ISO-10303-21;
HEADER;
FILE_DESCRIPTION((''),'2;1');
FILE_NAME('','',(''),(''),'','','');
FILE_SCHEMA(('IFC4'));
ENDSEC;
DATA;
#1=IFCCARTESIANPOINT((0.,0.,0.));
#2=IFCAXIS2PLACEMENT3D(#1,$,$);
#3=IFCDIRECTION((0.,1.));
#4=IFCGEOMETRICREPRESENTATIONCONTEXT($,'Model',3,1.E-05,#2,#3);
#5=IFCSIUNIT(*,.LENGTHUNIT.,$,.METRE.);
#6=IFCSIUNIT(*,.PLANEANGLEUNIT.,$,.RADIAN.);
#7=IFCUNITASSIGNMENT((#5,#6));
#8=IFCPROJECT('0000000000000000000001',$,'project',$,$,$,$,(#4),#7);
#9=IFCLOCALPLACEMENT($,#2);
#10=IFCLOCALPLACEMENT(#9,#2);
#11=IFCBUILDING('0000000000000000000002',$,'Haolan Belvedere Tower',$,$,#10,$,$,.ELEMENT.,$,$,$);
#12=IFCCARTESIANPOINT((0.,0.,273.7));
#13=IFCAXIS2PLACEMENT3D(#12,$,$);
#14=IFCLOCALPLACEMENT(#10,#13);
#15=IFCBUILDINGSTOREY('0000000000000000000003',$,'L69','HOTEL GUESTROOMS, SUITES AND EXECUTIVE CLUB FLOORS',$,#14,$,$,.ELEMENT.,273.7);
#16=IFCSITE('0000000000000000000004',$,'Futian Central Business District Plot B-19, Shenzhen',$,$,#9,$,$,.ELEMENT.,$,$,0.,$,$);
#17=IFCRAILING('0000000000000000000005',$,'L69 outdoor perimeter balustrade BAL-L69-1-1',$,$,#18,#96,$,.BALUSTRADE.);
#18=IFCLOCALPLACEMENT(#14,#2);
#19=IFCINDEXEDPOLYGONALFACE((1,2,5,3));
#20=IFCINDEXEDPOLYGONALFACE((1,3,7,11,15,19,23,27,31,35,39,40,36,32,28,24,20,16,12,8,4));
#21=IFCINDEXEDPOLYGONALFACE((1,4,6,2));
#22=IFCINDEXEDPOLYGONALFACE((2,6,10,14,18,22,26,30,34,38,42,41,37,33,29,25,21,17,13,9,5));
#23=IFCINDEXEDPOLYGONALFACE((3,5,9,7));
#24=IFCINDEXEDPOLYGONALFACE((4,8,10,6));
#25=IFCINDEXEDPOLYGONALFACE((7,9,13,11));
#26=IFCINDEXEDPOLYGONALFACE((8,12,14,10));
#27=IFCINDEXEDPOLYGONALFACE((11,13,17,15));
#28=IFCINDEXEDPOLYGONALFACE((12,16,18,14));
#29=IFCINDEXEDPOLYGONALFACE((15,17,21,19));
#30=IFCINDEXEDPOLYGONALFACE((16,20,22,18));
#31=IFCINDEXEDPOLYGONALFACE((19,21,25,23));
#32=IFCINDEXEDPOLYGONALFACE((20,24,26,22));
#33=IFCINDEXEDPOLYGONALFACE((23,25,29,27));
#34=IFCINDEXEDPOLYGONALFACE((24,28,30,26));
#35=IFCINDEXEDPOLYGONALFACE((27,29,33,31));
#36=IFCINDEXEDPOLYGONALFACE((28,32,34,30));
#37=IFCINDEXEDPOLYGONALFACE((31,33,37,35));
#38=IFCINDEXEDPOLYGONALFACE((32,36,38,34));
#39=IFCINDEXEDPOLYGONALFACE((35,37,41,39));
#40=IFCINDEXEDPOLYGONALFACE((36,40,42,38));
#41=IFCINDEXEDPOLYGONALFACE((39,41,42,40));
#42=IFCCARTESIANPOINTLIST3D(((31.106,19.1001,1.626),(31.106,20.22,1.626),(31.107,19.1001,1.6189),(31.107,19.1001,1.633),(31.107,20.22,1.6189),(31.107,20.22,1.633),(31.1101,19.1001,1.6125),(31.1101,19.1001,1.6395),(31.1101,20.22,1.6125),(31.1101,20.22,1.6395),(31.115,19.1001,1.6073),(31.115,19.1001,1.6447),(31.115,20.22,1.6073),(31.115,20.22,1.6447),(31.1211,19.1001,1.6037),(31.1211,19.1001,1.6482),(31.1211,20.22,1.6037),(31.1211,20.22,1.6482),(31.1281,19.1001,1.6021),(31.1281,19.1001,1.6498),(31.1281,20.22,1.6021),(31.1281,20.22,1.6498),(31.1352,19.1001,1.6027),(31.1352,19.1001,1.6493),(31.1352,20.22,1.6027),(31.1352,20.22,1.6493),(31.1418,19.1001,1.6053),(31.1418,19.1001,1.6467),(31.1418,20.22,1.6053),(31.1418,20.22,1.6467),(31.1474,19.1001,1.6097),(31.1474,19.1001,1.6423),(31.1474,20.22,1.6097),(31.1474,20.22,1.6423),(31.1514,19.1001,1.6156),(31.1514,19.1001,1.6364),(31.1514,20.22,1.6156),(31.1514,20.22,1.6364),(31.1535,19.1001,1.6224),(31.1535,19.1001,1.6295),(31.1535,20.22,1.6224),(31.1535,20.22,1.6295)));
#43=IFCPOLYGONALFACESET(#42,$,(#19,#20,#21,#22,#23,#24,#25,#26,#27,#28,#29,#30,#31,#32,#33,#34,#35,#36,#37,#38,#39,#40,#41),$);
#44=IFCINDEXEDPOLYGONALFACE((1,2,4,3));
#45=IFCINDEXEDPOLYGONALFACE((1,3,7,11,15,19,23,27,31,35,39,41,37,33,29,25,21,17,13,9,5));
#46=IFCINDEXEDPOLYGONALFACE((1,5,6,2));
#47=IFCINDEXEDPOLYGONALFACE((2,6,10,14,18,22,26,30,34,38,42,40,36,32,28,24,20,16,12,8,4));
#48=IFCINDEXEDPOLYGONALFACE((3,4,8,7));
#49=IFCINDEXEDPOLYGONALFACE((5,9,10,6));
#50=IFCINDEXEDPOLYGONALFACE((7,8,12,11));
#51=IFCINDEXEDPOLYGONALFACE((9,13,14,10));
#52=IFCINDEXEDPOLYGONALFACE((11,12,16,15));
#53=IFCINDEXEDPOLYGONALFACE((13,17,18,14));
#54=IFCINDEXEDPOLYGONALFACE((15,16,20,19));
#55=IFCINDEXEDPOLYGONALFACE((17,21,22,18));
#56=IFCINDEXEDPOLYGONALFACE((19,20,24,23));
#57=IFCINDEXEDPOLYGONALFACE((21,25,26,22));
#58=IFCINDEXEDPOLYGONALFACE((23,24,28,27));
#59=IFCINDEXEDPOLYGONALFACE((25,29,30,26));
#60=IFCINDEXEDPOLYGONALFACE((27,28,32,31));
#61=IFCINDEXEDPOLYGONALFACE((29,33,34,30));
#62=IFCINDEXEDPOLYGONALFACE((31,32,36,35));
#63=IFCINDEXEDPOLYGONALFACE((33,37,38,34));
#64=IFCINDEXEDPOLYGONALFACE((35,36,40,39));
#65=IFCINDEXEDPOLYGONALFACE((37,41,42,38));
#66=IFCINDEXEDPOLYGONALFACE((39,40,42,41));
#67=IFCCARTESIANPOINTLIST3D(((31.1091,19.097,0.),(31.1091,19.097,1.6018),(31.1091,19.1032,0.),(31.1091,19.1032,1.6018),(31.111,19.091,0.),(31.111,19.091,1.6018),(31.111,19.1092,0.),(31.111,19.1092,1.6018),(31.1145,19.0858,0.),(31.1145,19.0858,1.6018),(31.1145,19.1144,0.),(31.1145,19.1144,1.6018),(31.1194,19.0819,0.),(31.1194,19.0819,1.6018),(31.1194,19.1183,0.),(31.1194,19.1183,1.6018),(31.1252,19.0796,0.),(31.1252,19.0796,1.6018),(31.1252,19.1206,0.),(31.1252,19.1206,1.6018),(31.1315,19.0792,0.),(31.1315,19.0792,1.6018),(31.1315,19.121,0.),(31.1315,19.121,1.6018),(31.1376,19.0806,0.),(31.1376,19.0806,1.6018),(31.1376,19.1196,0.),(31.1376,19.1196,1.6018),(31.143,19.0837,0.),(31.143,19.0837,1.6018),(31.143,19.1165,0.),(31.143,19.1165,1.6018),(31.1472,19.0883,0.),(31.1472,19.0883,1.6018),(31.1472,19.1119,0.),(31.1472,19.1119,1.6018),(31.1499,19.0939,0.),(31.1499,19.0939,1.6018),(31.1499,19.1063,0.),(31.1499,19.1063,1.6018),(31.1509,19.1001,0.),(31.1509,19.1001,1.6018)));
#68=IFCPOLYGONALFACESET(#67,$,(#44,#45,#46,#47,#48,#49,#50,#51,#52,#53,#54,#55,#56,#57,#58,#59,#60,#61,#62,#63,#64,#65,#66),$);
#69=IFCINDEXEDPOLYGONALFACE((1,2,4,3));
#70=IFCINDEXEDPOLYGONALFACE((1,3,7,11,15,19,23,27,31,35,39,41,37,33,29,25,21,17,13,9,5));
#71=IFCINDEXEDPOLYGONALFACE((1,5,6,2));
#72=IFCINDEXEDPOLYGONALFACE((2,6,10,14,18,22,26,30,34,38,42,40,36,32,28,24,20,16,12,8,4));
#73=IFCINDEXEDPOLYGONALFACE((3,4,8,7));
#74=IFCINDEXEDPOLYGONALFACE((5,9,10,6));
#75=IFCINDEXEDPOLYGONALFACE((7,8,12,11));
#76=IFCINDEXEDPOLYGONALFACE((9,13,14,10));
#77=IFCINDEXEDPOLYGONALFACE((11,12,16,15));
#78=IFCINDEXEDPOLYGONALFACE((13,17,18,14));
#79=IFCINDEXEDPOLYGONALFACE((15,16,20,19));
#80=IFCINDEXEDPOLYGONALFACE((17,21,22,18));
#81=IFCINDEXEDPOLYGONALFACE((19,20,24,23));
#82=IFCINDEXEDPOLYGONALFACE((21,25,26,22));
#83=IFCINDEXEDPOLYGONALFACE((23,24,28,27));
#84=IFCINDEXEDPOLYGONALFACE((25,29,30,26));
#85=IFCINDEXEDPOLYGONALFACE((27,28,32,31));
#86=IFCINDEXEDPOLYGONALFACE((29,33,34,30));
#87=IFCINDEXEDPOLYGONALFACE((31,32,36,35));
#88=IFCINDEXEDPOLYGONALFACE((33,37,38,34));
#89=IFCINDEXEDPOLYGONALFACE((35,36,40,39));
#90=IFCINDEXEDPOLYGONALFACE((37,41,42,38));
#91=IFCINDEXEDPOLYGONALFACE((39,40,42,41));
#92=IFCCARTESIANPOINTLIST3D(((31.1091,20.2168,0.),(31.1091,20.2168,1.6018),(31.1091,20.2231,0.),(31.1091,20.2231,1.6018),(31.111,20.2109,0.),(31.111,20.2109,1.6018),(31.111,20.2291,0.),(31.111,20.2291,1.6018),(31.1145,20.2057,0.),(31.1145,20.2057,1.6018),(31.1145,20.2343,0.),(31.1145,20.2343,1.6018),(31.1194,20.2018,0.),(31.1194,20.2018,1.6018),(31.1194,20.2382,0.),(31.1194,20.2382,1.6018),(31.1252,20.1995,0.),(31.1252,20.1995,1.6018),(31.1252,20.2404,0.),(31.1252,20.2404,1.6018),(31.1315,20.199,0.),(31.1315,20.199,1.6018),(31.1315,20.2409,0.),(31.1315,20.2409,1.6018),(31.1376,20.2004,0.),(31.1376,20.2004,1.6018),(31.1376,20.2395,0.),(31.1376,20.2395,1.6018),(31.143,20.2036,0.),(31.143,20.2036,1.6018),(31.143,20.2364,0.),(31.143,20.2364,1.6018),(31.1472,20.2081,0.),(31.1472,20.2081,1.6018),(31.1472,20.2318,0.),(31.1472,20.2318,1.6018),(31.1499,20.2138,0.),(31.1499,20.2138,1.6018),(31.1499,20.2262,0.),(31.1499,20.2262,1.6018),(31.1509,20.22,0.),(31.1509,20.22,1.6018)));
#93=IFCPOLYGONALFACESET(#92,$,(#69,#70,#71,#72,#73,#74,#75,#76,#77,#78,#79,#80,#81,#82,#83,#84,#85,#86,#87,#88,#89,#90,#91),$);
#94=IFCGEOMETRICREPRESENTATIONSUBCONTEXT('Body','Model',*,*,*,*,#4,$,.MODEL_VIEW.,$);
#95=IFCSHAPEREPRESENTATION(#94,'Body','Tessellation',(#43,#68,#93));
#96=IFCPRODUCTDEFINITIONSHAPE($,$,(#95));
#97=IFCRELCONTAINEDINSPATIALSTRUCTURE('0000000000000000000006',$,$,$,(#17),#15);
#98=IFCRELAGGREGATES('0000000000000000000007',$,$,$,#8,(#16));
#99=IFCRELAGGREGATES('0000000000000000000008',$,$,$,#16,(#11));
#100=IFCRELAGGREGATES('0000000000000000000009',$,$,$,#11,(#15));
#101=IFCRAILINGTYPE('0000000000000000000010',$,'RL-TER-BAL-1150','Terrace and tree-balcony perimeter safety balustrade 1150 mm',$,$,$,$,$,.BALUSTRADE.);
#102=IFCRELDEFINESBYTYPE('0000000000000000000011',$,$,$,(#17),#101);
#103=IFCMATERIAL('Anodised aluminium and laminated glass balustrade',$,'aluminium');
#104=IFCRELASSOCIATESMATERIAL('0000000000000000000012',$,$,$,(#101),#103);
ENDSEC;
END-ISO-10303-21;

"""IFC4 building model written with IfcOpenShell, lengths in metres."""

from ifc_helpers import new_model, si_unit, direction, frame, origin, origin_2d, place, context, subcontext, project, spatial, circle, extrude, material, type_object, element, save


model = new_model("IFC4")

# Units and contexts
model_context = context("Model", 3, precision=1e-05, world=origin(), true_north=direction((0.0, 1.0)))
body_context = subcontext(model_context, "Body", "Model", "MODEL_VIEW")
ifc_project = project(units=[si_unit("LENGTHUNIT", "METRE"), si_unit("PLANEANGLEUNIT", "RADIAN")], contexts=[model_context])

# Site, building, storey
site_placement = place(None, origin())
site = spatial("IfcSite", under=ifc_project, at=site_placement, Name="Futian Central Business District Plot B-19, Shenzhen", CompositionType="ELEMENT", RefElevation=0.0)
building_placement = place(site_placement, origin())
building = spatial("IfcBuilding", under=site, at=building_placement, Name="Haolan Belvedere Tower", CompositionType="ELEMENT")
storey_placement = place(building_placement, frame((0.0, 0.0, 273.7)))
storey = spatial("IfcBuildingStorey", under=building, at=storey_placement, Name="L69", Description="HOTEL GUESTROOMS, SUITES AND EXECUTIVE CLUB FLOORS", CompositionType="ELEMENT", Elevation=273.7)

# Railing
ifc_material_1 = material(Name="Anodised aluminium and laminated glass balustrade", Category="aluminium")
railing_type = type_object("IfcRailingType", Name="RL-TER-BAL-1150", Description="Terrace and tree-balcony perimeter safety balustrade 1150 mm", PredefinedType="BALUSTRADE", material=ifc_material_1)
railing_placement = place(storey_placement, frame((31.1299, 19.1001, 0.0)))
element("IfcRailing", 1, at=railing_placement, inside=storey, type_object=railing_type, Name="L69 outdoor perimeter balustrade BAL-L69-1-1", PredefinedType="BALUSTRADE", context=body_context, shape_type="SweptSolid", body=[
    extrude(circle(Radius=0.0239, at=origin_2d()), frame((0.0, 0.0, 1.626), z_axis=(0.0, 1.0, 0.0), x_axis=(-1.0, 0.0, 0.0)), (0.0, 0.0, 1.0), 1.1199),
    extrude(circle(Radius=0.021, at=origin_2d()), origin(), (0.0, 0.0, 1.0), 1.6018),
    extrude(circle(Radius=0.021, at=origin_2d()), frame((0.0, 1.1199, 0.0)), (0.0, 0.0, 1.0), 1.6018),
])

save(model, "model.ifc")
